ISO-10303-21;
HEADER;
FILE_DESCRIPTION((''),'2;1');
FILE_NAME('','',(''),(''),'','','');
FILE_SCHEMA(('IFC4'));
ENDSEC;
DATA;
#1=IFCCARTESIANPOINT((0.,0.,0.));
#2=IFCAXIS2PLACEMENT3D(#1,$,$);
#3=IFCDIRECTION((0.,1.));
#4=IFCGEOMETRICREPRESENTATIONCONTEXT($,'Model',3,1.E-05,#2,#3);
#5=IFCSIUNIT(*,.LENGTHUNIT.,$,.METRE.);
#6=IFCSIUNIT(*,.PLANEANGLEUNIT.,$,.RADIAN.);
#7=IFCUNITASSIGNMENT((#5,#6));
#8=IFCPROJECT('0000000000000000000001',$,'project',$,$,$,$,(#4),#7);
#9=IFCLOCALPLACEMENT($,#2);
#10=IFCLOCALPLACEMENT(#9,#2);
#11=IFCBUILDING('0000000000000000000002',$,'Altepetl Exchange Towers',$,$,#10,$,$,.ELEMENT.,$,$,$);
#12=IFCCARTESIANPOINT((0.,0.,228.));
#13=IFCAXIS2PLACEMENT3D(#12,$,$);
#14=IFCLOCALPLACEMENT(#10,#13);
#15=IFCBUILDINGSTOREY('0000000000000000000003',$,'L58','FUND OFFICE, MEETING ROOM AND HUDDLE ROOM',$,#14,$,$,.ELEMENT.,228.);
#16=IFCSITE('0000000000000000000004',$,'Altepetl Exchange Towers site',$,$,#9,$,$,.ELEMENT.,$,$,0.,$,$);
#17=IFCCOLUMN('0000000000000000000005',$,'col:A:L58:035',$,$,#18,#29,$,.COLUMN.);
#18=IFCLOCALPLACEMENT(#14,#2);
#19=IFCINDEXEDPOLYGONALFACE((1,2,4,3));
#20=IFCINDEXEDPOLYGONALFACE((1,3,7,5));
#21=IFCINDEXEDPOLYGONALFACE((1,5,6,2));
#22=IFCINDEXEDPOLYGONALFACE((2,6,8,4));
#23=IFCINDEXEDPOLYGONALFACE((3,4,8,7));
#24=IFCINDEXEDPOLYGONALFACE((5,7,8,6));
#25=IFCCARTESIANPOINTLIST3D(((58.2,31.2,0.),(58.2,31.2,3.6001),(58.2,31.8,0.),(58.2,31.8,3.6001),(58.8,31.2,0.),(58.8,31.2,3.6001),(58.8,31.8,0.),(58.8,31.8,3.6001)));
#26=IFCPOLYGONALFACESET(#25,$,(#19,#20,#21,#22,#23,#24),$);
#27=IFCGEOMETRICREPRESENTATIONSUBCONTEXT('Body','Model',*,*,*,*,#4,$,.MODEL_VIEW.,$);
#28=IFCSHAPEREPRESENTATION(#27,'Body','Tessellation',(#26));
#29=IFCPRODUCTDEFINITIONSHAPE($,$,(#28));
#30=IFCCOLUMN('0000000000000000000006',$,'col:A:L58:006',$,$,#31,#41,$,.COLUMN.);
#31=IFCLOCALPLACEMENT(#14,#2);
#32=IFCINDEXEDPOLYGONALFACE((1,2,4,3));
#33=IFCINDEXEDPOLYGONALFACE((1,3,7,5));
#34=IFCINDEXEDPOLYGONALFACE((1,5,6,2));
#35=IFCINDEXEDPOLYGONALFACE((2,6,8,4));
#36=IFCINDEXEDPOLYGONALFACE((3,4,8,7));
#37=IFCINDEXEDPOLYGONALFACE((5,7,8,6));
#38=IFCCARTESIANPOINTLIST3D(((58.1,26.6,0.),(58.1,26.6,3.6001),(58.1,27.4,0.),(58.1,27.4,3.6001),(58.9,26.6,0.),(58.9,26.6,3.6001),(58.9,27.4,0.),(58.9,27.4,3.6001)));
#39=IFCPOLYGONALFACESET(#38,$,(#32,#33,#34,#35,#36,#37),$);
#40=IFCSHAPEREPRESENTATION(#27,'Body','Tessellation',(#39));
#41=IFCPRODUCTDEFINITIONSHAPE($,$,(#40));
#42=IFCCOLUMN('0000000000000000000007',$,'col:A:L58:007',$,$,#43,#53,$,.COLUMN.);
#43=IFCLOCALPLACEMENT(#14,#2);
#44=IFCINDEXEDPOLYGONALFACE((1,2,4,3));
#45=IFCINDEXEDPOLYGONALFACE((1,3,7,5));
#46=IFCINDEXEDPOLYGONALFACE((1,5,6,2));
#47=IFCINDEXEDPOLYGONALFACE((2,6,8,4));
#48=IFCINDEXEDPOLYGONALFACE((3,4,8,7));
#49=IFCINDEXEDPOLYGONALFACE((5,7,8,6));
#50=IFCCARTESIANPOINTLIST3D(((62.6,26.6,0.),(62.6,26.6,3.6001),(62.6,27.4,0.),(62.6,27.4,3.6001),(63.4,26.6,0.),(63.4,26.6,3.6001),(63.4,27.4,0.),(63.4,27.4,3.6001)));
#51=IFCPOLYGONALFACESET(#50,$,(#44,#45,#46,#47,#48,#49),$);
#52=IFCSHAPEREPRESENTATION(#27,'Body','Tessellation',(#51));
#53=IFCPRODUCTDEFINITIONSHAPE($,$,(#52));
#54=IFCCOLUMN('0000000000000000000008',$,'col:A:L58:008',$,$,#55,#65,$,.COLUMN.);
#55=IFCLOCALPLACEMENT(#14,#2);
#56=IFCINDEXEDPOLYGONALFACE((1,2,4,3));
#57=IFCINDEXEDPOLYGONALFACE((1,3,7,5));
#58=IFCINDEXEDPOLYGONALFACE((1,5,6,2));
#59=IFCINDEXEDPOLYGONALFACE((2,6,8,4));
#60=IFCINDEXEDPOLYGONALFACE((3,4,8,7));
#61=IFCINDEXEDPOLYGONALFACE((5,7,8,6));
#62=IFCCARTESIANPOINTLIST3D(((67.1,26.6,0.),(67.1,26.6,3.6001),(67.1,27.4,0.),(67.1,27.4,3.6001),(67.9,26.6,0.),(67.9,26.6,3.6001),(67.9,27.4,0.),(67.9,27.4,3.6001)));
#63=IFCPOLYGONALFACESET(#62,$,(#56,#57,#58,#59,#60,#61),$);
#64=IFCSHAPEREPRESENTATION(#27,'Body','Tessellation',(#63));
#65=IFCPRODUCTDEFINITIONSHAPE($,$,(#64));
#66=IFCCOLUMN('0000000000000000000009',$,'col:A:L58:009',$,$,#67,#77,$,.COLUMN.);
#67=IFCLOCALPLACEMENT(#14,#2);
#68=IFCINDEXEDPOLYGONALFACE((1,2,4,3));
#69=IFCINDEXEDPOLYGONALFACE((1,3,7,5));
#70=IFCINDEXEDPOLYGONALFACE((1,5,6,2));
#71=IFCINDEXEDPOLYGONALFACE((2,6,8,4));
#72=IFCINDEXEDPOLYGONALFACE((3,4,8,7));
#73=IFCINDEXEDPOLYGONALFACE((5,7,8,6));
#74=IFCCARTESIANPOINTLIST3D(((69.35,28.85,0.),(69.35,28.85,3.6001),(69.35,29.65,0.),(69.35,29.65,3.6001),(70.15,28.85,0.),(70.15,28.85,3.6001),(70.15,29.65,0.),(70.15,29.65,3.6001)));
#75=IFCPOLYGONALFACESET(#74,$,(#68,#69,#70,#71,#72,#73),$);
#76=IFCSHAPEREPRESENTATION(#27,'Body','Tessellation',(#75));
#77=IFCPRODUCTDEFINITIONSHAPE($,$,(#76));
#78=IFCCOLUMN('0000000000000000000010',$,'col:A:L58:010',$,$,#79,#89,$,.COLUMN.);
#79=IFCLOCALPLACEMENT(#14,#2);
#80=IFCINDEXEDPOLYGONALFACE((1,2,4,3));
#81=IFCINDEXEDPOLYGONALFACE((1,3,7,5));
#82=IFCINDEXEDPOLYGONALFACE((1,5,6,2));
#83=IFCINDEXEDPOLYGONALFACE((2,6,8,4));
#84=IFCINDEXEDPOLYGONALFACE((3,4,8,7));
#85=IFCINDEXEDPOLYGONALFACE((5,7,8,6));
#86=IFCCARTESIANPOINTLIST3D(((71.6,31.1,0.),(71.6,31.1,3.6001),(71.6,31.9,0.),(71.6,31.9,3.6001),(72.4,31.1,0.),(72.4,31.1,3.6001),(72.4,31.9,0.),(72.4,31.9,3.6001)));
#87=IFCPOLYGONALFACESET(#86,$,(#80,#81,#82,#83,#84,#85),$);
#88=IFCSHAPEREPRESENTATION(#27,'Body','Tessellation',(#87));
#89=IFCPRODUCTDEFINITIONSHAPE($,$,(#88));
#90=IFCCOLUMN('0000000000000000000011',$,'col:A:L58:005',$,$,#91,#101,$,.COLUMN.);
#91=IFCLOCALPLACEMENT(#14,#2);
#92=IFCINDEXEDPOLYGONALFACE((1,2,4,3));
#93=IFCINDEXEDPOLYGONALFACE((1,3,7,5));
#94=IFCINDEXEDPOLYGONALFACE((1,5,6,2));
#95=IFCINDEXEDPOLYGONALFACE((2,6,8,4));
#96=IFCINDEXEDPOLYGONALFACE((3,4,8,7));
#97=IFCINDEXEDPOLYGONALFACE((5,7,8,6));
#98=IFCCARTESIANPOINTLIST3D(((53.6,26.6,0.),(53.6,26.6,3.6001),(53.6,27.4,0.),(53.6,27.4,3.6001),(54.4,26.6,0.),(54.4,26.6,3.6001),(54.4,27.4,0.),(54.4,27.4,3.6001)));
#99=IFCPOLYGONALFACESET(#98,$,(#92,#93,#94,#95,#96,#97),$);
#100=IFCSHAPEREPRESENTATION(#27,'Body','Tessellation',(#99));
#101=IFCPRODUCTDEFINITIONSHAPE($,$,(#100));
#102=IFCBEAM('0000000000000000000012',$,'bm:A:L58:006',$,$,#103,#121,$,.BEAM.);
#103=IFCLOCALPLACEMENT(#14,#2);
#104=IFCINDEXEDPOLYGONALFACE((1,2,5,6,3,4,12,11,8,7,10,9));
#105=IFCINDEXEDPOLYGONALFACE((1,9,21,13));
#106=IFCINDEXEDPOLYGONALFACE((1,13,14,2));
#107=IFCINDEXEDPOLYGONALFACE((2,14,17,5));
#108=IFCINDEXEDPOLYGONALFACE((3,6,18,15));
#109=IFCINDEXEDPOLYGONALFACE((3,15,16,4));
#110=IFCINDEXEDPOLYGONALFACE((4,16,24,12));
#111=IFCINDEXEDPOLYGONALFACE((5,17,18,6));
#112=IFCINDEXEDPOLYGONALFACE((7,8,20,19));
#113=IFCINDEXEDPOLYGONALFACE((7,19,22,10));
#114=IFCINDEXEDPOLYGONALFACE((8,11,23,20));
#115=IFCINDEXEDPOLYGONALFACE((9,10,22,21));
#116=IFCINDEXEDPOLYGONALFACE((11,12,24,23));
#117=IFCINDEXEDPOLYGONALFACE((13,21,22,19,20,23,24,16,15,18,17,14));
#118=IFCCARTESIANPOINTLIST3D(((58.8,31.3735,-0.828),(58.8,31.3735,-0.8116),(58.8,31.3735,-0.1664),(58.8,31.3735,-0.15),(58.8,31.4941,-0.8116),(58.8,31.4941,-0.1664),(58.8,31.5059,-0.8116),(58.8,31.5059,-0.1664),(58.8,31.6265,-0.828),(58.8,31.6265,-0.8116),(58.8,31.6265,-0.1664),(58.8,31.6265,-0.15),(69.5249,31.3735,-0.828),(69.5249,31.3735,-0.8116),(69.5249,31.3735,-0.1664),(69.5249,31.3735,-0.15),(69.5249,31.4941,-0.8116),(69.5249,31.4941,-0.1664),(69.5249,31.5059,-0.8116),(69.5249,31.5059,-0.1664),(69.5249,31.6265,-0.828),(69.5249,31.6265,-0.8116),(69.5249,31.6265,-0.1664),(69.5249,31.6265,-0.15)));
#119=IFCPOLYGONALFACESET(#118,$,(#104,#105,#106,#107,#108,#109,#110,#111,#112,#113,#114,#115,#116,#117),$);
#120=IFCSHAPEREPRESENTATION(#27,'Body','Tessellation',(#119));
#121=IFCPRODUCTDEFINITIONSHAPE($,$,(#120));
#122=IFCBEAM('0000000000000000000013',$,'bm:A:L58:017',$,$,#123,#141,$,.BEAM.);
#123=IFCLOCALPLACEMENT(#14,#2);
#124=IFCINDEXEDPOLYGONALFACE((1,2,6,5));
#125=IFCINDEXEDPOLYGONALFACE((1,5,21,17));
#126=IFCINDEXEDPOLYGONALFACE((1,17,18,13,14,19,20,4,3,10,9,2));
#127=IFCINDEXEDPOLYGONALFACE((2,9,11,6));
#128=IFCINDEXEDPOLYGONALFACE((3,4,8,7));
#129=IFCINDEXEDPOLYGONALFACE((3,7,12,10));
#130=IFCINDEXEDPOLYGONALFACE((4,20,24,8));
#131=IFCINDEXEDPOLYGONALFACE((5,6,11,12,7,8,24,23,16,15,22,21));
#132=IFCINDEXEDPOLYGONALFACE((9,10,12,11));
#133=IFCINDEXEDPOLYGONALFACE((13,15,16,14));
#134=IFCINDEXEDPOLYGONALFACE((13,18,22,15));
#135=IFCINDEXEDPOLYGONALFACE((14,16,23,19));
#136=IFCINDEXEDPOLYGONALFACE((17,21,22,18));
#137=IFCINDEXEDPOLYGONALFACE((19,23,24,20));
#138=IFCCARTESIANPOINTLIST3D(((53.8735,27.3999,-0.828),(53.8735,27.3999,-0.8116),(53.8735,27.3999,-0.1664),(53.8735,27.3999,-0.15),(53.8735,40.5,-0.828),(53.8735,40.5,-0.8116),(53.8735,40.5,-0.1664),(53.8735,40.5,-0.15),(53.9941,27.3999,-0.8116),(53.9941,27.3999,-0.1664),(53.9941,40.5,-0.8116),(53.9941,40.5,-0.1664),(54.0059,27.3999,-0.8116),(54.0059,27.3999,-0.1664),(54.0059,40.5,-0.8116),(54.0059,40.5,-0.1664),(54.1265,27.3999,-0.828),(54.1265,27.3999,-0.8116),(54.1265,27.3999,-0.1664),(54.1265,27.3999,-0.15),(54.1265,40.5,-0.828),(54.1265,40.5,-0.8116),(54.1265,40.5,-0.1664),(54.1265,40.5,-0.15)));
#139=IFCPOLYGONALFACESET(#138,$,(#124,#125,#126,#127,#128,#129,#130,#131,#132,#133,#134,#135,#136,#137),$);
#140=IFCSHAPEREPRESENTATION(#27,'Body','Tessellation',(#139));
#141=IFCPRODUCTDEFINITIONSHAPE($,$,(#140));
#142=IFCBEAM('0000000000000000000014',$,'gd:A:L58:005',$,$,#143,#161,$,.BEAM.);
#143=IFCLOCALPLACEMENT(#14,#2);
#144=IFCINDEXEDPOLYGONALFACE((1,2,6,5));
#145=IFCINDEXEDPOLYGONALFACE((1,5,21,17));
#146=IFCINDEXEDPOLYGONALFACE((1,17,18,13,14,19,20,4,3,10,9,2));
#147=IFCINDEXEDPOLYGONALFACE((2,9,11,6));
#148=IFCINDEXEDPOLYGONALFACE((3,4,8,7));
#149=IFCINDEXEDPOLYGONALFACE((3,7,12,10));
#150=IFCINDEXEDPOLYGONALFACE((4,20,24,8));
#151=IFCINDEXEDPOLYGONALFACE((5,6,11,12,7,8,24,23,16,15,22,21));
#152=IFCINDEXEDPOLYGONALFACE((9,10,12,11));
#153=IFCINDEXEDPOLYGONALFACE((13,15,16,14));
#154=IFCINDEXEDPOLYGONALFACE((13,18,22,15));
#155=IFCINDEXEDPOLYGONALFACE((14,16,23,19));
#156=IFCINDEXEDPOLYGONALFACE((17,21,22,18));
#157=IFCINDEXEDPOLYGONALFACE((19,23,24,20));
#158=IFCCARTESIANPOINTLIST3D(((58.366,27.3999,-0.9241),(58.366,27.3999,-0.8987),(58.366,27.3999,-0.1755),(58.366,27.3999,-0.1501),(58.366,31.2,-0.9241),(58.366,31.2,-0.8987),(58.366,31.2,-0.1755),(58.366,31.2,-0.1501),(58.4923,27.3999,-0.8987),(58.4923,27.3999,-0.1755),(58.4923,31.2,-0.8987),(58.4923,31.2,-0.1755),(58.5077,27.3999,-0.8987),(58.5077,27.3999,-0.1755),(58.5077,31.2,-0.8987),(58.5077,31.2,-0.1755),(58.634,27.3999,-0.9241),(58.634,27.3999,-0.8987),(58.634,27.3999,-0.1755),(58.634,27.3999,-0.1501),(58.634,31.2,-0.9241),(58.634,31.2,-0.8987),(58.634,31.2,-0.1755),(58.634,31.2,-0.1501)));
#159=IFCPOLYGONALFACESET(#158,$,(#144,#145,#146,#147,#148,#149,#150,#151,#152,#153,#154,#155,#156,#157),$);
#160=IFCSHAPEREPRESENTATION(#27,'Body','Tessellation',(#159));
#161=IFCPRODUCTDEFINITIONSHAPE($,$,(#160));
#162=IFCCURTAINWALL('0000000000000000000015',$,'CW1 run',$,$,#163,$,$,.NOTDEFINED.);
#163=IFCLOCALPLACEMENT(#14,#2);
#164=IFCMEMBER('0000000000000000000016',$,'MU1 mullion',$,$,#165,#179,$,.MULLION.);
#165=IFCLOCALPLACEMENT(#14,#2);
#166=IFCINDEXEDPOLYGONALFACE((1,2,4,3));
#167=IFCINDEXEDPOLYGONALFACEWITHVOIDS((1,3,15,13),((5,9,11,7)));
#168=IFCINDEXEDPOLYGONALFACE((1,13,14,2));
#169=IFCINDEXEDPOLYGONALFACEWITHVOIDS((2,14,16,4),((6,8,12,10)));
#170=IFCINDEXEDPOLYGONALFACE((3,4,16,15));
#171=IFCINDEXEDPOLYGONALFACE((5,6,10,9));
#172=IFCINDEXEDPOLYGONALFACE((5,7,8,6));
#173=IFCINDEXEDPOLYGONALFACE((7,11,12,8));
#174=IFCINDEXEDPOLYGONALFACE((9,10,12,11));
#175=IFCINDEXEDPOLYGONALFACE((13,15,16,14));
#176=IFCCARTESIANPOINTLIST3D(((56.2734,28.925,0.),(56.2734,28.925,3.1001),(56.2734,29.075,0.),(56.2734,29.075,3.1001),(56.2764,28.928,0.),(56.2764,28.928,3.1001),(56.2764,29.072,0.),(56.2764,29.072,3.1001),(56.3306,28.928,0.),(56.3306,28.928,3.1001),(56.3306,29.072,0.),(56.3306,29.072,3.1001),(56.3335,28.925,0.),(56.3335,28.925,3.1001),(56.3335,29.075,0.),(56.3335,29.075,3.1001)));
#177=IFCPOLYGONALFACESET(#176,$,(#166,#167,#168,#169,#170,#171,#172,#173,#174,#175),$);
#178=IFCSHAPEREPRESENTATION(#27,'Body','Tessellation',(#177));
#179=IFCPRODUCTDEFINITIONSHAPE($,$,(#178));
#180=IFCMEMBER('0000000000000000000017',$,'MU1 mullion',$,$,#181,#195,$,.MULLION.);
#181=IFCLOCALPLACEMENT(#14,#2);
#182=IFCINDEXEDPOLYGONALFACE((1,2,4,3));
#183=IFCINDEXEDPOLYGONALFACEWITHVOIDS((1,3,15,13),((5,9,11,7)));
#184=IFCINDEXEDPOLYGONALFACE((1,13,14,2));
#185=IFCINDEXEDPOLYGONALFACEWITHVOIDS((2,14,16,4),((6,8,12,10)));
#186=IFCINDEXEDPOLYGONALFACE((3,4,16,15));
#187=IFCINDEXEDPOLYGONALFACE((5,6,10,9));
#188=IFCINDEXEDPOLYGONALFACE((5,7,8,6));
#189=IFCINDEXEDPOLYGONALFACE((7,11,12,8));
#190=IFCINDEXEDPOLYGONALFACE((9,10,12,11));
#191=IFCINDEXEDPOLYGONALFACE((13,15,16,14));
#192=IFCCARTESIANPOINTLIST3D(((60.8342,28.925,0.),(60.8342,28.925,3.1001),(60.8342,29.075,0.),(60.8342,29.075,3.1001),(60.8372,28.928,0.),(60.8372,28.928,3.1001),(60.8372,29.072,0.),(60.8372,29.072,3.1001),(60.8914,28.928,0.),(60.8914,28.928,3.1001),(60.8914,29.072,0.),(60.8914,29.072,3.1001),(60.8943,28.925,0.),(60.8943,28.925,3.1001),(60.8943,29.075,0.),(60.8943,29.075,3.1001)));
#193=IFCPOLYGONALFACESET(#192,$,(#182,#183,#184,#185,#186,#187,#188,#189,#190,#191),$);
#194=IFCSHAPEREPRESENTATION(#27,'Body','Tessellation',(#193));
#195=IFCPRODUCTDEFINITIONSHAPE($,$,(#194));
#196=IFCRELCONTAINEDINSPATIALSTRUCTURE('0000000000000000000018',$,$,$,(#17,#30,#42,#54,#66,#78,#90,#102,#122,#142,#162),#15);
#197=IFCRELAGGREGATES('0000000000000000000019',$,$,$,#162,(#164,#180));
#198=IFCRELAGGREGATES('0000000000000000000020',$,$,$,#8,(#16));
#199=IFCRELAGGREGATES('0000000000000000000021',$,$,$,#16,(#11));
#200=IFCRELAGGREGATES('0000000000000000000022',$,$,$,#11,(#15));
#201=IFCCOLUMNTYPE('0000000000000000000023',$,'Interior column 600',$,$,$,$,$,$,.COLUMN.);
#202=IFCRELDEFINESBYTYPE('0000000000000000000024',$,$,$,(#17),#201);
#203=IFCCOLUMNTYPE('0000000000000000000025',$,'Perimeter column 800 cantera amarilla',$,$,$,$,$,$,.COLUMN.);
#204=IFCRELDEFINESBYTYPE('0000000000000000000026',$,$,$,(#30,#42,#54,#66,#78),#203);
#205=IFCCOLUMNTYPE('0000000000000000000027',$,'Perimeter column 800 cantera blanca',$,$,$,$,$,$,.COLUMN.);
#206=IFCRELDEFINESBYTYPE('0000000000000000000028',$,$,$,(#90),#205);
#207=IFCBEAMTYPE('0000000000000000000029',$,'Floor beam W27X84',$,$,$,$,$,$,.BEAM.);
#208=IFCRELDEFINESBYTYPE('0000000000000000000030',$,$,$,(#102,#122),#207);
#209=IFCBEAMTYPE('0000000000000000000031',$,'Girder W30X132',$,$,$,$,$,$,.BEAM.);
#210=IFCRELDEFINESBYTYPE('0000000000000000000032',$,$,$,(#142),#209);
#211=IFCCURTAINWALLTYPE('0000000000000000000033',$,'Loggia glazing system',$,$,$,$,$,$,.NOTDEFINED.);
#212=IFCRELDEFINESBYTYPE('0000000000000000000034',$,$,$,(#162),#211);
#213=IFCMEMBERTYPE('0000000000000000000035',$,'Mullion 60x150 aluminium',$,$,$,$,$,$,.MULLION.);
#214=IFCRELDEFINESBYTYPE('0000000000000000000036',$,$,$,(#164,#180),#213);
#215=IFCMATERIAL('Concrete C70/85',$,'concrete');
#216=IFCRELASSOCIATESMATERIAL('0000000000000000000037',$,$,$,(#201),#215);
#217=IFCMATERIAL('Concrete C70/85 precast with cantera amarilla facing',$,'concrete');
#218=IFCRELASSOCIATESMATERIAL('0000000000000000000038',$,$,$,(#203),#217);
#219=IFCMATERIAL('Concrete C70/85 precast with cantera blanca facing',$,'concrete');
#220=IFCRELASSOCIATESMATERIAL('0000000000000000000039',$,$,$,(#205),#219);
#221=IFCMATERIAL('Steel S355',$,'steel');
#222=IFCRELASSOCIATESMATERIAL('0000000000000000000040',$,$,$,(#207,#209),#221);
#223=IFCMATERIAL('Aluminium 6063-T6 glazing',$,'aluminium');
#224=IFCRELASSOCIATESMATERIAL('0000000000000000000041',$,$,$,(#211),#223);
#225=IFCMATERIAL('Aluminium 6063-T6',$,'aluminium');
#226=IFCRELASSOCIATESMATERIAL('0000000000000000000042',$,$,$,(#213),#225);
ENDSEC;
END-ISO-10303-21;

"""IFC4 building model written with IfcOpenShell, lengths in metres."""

from ifc_helpers import new_model, si_unit, direction, frame, origin, origin_2d, place, context, subcontext, project, spatial, rectangle, hollow_rectangle, i_section, extrude, material, material_profile, profile_set, type_object, element, aggregate, save


model = new_model("IFC4")

# Units and contexts
model_context = context("Model", 3, precision=1e-05, world=origin(), true_north=direction((0.0, 1.0)))
body_context = subcontext(model_context, "Body", "Model", "MODEL_VIEW")
ifc_project = project(units=[si_unit("LENGTHUNIT", "METRE"), si_unit("PLANEANGLEUNIT", "RADIAN")], contexts=[model_context])

# Site, building, storey
site_placement = place(None, origin())
site = spatial("IfcSite", under=ifc_project, at=site_placement, Name="Altepetl Exchange Towers site", CompositionType="ELEMENT", RefElevation=0.0)
building_placement = place(site_placement, origin())
building = spatial("IfcBuilding", under=site, at=building_placement, Name="Altepetl Exchange Towers", CompositionType="ELEMENT")
storey_placement = place(building_placement, frame((0.0, 0.0, 228.0)))
storey = spatial("IfcBuildingStorey", under=building, at=storey_placement, Name="L58", Description="FUND OFFICE, MEETING ROOM AND HUDDLE ROOM", CompositionType="ELEMENT", Elevation=228.0)

# Columns
ifc_material_1 = material(Name="Concrete C70/85", Category="concrete")
ifc_material_profile_1 = material_profile(ifc_material_1, rectangle(XDim=0.6001, YDim=0.6001, at=origin_2d()), Name="600 x 600")
ifc_profile_set_1 = profile_set([ifc_material_profile_1], Name="Concrete C70/85")
column_type_1 = type_object("IfcColumnType", Name="Interior column 600", PredefinedType="COLUMN", material=ifc_profile_set_1)
column_1_placement = place(storey_placement, frame((58.5, 31.5, 0.0)))
element("IfcColumn", 1, at=column_1_placement, inside=storey, type_object=column_type_1, Name="col:A:L58:035", PredefinedType="COLUMN", context=body_context, shape_type="SweptSolid", body=[
    extrude(rectangle(XDim=0.6001, YDim=0.6001, at=origin_2d()), origin(), (0.0, 0.0, 1.0), 3.6001),
])
ifc_material_2 = material(Name="Concrete C70/85 precast with cantera amarilla facing", Category="concrete")
ifc_material_profile_2 = material_profile(ifc_material_2, rectangle(XDim=0.8, YDim=0.8, at=origin_2d()), Name="800 x 800")
ifc_profile_set_2 = profile_set([ifc_material_profile_2], Name="Concrete C70/85 precast with cantera amarilla facing")
column_type_2 = type_object("IfcColumnType", Name="Perimeter column 800 cantera amarilla", PredefinedType="COLUMN", material=ifc_profile_set_2)
for number, where, name in (
    (2, (58.5, 27.0, 0.0), "col:A:L58:006"),
    (3, (63.0, 27.0, 0.0), "col:A:L58:007"),
    (4, (67.5, 27.0, 0.0), "col:A:L58:008"),
    (5, (69.75, 29.25, 0.0), "col:A:L58:009"),
    (6, (72.0, 31.5, 0.0), "col:A:L58:010"),
):
    element("IfcColumn", number, at=place(storey_placement, frame(where)), inside=storey, type_object=column_type_2, Name=name, PredefinedType="COLUMN", context=body_context, shape_type="SweptSolid", body=[
        extrude(rectangle(XDim=0.8, YDim=0.8, at=origin_2d()), origin(), (0.0, 0.0, 1.0), 3.6001),
    ])
ifc_material_3 = material(Name="Concrete C70/85 precast with cantera blanca facing", Category="concrete")
ifc_material_profile_3 = material_profile(ifc_material_3, rectangle(XDim=0.8, YDim=0.8, at=origin_2d()), Name="800 x 800")
ifc_profile_set_3 = profile_set([ifc_material_profile_3], Name="Concrete C70/85 precast with cantera blanca facing")
column_type_3 = type_object("IfcColumnType", Name="Perimeter column 800 cantera blanca", PredefinedType="COLUMN", material=ifc_profile_set_3)
column_2_placement = place(storey_placement, frame((54.0, 27.0, 0.0)))
element("IfcColumn", 7, at=column_2_placement, inside=storey, type_object=column_type_3, Name="col:A:L58:005", PredefinedType="COLUMN", context=body_context, shape_type="SweptSolid", body=[
    extrude(rectangle(XDim=0.8, YDim=0.8, at=origin_2d()), origin(), (0.0, 0.0, 1.0), 3.6001),
])

# Beams
ifc_material_4 = material(Name="Steel S355", Category="steel")
ifc_material_profile_4 = material_profile(ifc_material_4, i_section(OverallWidth=0.2529, OverallDepth=0.678, WebThickness=0.0117, FlangeThickness=0.0164, at=origin_2d()), Name="W27X84")
ifc_profile_set_4 = profile_set([ifc_material_profile_4], Name="Steel S355")
beam_type_1 = type_object("IfcBeamType", Name="Floor beam W27X84", PredefinedType="BEAM", material=ifc_profile_set_4)
beam_1_placement = place(storey_placement, frame((58.8, 31.5, -0.489), z_axis=(1.0, 0.0, 0.0), x_axis=(0.0, 1.0, 0.0)))
element("IfcBeam", 8, at=beam_1_placement, inside=storey, type_object=beam_type_1, Name="bm:A:L58:006", PredefinedType="BEAM", context=body_context, shape_type="SweptSolid", body=[
    extrude(i_section(OverallWidth=0.2529, OverallDepth=0.678, WebThickness=0.0117, FlangeThickness=0.0164, at=origin_2d()), origin(), (0.0, 0.0, 1.0), 10.7249),
])
beam_2_placement = place(storey_placement, frame((54.0, 27.3999, -0.489), z_axis=(0.0, 1.0, 0.0), x_axis=(-1.0, 0.0, 0.0)))
element("IfcBeam", 9, at=beam_2_placement, inside=storey, type_object=beam_type_1, Name="bm:A:L58:017", PredefinedType="BEAM", context=body_context, shape_type="SweptSolid", body=[
    extrude(i_section(OverallWidth=0.2529, OverallDepth=0.678, WebThickness=0.0117, FlangeThickness=0.0164, at=origin_2d()), origin(), (0.0, 0.0, 1.0), 13.1001),
])
ifc_material_profile_5 = material_profile(ifc_material_4, i_section(OverallWidth=0.2681, OverallDepth=0.7739, WebThickness=0.0154, FlangeThickness=0.0254, at=origin_2d()), Name="W30X132")
ifc_profile_set_5 = profile_set([ifc_material_profile_5], Name="Steel S355")
beam_type_2 = type_object("IfcBeamType", Name="Girder W30X132", PredefinedType="BEAM", material=ifc_profile_set_5)
beam_3_placement = place(storey_placement, frame((58.5, 31.2, -0.5371), z_axis=(0.0, -1.0, 0.0), x_axis=(1.0, 0.0, 0.0)))
element("IfcBeam", 10, at=beam_3_placement, inside=storey, type_object=beam_type_2, Name="gd:A:L58:005", PredefinedType="BEAM", context=body_context, shape_type="SweptSolid", body=[
    extrude(i_section(OverallWidth=0.2681, OverallDepth=0.7739, WebThickness=0.0154, FlangeThickness=0.0254, at=origin_2d()), origin(), (0.0, 0.0, 1.0), 3.8),
])

# Curtain wall, members
ifc_material_5 = material(Name="Aluminium 6063-T6 glazing", Category="aluminium")
curtain_wall_type = type_object("IfcCurtainWallType", Name="Loggia glazing system", PredefinedType="NOTDEFINED", material=ifc_material_5)
curtain_wall_1_placement = place(storey_placement, origin())
curtain_wall_1 = element("IfcCurtainWall", 11, at=curtain_wall_1_placement, inside=storey, type_object=curtain_wall_type, Name="CW1 run", PredefinedType="NOTDEFINED")
ifc_material_6 = material(Name="Aluminium 6063-T6", Category="aluminium")
ifc_material_profile_6 = material_profile(ifc_material_6, hollow_rectangle(XDim=0.0601, YDim=0.1499, WallThickness=0.0029, at=origin_2d()), Name="Mullion 60x150 aluminium")
ifc_profile_set_6 = profile_set([ifc_material_profile_6], Name="Aluminium 6063-T6")
member_type = type_object("IfcMemberType", Name="Mullion 60x150 aluminium", PredefinedType="MULLION", material=ifc_profile_set_6)
member_1_placement = place(storey_placement, frame((56.3035, 29.0, 0.0)))
member_1 = element("IfcMember", 12, at=member_1_placement, type_object=member_type, Name="MU1 mullion", PredefinedType="MULLION", context=body_context, shape_type="SweptSolid", body=[
    extrude(hollow_rectangle(XDim=0.0601, YDim=0.1499, WallThickness=0.0029, at=origin_2d()), origin(), (0.0, 0.0, 1.0), 3.1001),
])
member_2_placement = place(storey_placement, frame((60.8643, 29.0, 0.0)))
member_2 = element("IfcMember", 13, at=member_2_placement, type_object=member_type, Name="MU1 mullion", PredefinedType="MULLION", context=body_context, shape_type="SweptSolid", body=[
    extrude(hollow_rectangle(XDim=0.0601, YDim=0.1499, WallThickness=0.0029, at=origin_2d()), origin(), (0.0, 0.0, 1.0), 3.1001),
])

aggregate(curtain_wall_1, [member_1, member_2])

save(model, "model.ifc")
